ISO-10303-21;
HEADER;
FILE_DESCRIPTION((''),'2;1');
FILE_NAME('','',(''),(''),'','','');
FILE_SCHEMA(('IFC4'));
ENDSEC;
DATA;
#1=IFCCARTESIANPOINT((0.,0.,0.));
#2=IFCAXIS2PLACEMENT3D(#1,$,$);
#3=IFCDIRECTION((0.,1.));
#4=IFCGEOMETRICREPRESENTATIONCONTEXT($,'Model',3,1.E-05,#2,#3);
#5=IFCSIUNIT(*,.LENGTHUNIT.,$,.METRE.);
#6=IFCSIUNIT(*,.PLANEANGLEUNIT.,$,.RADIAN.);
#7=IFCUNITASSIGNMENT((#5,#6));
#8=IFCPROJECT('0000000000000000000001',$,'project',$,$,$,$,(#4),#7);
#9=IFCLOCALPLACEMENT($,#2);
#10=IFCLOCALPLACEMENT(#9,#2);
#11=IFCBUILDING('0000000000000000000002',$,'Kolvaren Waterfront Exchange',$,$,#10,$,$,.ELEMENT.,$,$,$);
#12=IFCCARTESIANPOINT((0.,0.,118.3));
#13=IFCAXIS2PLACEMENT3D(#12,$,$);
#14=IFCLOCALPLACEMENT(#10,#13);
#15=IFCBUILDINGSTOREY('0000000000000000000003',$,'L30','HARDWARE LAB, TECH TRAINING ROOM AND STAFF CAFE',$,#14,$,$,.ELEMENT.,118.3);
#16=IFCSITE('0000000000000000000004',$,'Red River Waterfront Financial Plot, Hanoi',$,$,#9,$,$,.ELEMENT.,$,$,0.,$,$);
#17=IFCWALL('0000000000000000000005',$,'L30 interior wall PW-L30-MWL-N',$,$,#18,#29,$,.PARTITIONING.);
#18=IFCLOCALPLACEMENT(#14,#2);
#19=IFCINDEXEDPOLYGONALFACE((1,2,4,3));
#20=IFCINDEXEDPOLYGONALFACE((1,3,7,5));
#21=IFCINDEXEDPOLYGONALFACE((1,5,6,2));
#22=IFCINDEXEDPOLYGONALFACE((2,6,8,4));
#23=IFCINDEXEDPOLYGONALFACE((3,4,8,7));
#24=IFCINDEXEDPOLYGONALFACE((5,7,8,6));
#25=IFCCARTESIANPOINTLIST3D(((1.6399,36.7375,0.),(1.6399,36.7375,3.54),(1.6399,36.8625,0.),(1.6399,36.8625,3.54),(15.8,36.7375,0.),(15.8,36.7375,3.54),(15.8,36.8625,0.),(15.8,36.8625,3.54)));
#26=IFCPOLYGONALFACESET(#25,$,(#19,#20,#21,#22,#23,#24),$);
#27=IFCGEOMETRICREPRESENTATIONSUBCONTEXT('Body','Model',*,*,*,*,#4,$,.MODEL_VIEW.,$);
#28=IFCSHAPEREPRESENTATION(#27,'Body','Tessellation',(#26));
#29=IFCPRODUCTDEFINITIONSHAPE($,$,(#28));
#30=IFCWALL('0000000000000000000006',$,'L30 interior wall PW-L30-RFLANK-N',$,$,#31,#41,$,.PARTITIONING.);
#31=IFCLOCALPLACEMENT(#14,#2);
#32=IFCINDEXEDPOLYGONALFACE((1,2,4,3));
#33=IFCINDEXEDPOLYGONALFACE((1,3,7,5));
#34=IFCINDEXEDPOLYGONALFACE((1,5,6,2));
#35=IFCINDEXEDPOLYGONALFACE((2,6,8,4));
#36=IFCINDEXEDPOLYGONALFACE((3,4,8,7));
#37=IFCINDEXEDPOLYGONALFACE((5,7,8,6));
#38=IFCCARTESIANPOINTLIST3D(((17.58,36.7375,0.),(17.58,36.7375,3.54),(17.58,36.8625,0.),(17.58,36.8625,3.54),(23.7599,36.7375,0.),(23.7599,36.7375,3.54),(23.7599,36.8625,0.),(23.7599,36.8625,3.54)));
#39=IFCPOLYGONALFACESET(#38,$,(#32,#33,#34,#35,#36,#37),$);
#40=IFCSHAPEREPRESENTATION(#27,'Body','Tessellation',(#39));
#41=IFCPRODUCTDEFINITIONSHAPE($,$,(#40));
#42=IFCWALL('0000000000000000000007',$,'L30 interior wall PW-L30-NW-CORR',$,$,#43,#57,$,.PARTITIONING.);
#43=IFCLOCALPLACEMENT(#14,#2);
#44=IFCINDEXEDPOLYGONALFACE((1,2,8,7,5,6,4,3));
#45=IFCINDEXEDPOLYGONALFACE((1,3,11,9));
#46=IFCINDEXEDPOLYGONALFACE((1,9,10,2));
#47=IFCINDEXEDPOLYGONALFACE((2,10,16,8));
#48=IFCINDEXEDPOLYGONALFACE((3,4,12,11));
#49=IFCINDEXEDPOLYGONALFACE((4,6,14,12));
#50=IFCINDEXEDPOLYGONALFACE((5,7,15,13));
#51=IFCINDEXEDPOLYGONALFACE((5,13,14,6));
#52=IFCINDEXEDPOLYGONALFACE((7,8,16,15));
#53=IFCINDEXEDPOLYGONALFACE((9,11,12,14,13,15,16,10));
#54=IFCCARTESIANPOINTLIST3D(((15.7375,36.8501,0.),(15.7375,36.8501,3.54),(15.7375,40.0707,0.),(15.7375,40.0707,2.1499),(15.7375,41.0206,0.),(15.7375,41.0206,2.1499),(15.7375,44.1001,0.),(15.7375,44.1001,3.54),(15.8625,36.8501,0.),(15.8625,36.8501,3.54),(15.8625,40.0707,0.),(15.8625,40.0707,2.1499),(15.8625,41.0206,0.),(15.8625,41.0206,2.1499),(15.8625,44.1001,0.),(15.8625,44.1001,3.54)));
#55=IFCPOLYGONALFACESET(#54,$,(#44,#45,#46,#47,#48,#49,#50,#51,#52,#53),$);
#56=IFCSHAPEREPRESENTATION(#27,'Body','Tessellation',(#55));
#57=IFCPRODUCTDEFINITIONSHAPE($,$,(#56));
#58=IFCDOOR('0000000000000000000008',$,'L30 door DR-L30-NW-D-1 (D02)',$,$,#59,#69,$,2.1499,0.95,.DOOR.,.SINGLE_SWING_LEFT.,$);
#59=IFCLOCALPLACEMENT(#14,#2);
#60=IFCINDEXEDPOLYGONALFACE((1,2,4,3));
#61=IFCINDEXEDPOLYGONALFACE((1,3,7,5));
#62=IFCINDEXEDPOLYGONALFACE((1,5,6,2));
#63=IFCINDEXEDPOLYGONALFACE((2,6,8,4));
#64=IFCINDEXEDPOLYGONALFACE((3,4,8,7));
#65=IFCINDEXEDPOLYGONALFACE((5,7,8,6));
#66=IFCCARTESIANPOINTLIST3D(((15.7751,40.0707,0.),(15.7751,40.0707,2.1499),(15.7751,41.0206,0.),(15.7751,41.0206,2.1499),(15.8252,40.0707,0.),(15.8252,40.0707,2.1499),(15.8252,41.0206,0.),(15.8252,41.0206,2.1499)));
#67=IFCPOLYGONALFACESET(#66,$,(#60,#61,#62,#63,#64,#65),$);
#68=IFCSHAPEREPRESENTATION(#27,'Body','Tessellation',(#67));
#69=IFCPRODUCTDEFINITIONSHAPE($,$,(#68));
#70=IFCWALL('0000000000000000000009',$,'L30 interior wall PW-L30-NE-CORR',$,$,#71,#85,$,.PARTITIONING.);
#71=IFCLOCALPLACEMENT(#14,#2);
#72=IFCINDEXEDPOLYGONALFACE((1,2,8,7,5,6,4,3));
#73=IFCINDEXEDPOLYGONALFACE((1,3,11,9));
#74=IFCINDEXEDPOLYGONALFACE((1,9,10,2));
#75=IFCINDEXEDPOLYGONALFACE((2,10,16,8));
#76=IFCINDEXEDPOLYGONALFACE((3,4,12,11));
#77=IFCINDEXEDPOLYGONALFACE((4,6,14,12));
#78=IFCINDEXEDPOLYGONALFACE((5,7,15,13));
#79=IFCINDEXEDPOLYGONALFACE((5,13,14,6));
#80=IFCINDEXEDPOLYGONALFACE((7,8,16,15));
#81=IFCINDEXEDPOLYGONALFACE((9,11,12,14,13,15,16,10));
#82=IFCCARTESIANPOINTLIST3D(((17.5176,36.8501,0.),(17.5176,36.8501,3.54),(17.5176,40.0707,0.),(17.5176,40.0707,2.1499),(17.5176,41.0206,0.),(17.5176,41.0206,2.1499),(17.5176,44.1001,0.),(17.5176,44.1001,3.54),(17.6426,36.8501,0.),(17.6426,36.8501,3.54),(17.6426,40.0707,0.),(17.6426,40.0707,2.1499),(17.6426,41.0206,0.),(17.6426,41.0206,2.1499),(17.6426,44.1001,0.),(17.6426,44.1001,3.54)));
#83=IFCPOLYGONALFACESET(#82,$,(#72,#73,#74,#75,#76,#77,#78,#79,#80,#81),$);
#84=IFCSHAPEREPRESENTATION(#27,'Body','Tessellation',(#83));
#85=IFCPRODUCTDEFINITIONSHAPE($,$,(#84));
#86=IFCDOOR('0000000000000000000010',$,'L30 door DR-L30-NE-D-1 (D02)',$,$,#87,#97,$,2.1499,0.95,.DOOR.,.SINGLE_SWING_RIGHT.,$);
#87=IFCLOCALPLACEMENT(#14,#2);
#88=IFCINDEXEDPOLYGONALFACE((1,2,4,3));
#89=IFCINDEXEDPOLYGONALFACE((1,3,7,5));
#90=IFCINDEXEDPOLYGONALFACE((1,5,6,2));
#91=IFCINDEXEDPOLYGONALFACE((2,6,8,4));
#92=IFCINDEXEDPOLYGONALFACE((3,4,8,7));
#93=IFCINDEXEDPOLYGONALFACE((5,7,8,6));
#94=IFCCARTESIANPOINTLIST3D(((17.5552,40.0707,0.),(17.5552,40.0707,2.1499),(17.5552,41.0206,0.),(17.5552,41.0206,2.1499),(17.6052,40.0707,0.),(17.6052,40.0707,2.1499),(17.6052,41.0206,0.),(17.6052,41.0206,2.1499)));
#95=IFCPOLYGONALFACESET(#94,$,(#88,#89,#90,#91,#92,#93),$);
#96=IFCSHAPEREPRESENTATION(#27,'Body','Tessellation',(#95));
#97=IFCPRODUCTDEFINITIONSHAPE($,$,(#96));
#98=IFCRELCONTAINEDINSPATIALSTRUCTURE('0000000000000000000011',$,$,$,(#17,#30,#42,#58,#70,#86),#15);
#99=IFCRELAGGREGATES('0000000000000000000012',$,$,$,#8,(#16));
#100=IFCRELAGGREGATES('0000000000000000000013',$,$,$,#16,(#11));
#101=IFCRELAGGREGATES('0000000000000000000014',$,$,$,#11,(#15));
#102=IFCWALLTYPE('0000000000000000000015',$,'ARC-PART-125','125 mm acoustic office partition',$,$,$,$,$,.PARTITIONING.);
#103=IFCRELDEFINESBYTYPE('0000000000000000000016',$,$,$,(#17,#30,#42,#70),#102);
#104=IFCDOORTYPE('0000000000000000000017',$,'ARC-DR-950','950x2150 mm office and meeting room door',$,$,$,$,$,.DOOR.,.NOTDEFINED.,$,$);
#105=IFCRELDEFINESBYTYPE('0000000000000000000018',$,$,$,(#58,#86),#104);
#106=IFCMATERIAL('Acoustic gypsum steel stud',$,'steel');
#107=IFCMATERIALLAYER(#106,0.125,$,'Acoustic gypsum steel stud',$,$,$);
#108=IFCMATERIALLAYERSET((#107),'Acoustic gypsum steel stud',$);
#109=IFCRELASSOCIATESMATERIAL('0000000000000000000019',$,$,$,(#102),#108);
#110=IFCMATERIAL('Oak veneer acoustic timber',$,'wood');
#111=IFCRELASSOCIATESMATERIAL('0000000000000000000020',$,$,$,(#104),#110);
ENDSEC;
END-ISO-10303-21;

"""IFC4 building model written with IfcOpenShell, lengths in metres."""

from ifc_helpers import new_model, si_unit, direction, frame, frame_2d, origin, place, context, subcontext, project, spatial, rectangle, extrude, material, layer, layer_set, type_object, element, fill, save


model = new_model("IFC4")

# Units and contexts
model_context = context("Model", 3, precision=1e-05, world=origin(), true_north=direction((0.0, 1.0)))
body_context = subcontext(model_context, "Body", "Model", "MODEL_VIEW")
ifc_project = project(units=[si_unit("LENGTHUNIT", "METRE"), si_unit("PLANEANGLEUNIT", "RADIAN")], contexts=[model_context])

# Site, building, storey
site_placement = place(None, origin())
site = spatial("IfcSite", under=ifc_project, at=site_placement, Name="Red River Waterfront Financial Plot, Hanoi", CompositionType="ELEMENT", RefElevation=0.0)
building_placement = place(site_placement, origin())
building = spatial("IfcBuilding", under=site, at=building_placement, Name="Kolvaren Waterfront Exchange", CompositionType="ELEMENT")
storey_placement = place(building_placement, frame((0.0, 0.0, 118.3)))
storey = spatial("IfcBuildingStorey", under=building, at=storey_placement, Name="L30", Description="HARDWARE LAB, TECH TRAINING ROOM AND STAFF CAFE", CompositionType="ELEMENT", Elevation=118.3)

# Walls
ifc_material_1 = material(Name="Acoustic gypsum steel stud", Category="steel")
ifc_layer_1 = layer(ifc_material_1, 0.125, Name="Acoustic gypsum steel stud")
ifc_layer_set_1 = layer_set([ifc_layer_1], Name="Acoustic gypsum steel stud")
wall_type = type_object("IfcWallType", Name="ARC-PART-125", Description="125 mm acoustic office partition", PredefinedType="PARTITIONING", material=ifc_layer_set_1)
wall_1_placement = place(storey_placement, frame((1.6399, 36.8, 0.0), z_axis=(0.0, 0.0, 1.0), x_axis=(1.0, 0.0, 0.0)))
element("IfcWall", 1, at=wall_1_placement, inside=storey, type_object=wall_type, Name="L30 interior wall PW-L30-MWL-N", PredefinedType="PARTITIONING", context=body_context, shape_type="SweptSolid", body=[
    extrude(rectangle(XDim=14.1602, YDim=0.125, at=frame_2d((7.0801, 0.0))), origin(), (0.0, 0.0, 1.0), 3.54),
])
wall_2_placement = place(storey_placement, frame((17.5801, 36.8, 0.0), z_axis=(0.0, 0.0, 1.0), x_axis=(1.0, 0.0, 0.0)))
element("IfcWall", 2, at=wall_2_placement, inside=storey, type_object=wall_type, Name="L30 interior wall PW-L30-RFLANK-N", PredefinedType="PARTITIONING", context=body_context, shape_type="SweptSolid", body=[
    extrude(rectangle(XDim=6.1799, YDim=0.125, at=frame_2d((3.0898, 0.0))), origin(), (0.0, 0.0, 1.0), 3.54),
])

# Walls, openings, doors
wall_3_placement = place(storey_placement, frame((15.8, 36.8501, 0.0), z_axis=(0.0, 0.0, 1.0), x_axis=(0.0, 1.0, 0.0)))
wall_3 = element("IfcWall", 3, at=wall_3_placement, inside=storey, type_object=wall_type, Name="L30 interior wall PW-L30-NW-CORR", PredefinedType="PARTITIONING", context=body_context, shape_type="SweptSolid", body=[
    extrude(rectangle(XDim=7.25, YDim=0.125, at=frame_2d((3.625, 0.0))), origin(), (0.0, 0.0, 1.0), 3.54),
])
opening_1_placement = place(wall_3_placement, frame((3.2205, 0.0, 0.0)))
opening_1 = element("IfcOpeningElement", 4, at=opening_1_placement, cuts=wall_3, PredefinedType="OPENING", context=body_context, shape_type="SweptSolid", body=[
    extrude(rectangle(XDim=0.95, YDim=2.1499, at=frame_2d((0.4751, 1.075))), frame((0.0, 0.0725, 0.0), z_axis=(0.0, -1.0, 0.0), x_axis=(1.0, 0.0, 0.0)), (0.0, 0.0, 1.0), 0.145),
])
ifc_material_2 = material(Name="Oak veneer acoustic timber", Category="wood")
door_type = type_object("IfcDoorType", Name="ARC-DR-950", Description="950x2150 mm office and meeting room door", OperationType="NOTDEFINED", PredefinedType="DOOR", material=ifc_material_2)
door_1_placement = place(opening_1_placement, origin())
door_1 = element("IfcDoor", 5, at=door_1_placement, inside=storey, type_object=door_type, Name="L30 door DR-L30-NW-D-1 (D02)", OperationType="SINGLE_SWING_LEFT", OverallHeight=2.1499, OverallWidth=0.95, PredefinedType="DOOR", context=body_context, shape_type="SweptSolid", body=[
    extrude(rectangle(XDim=0.95, YDim=2.1499, at=frame_2d((0.4751, 1.075))), frame((0.0, 0.0249, 0.0), z_axis=(0.0, -1.0, 0.0), x_axis=(1.0, 0.0, 0.0)), (0.0, 0.0, 1.0), 0.05),
])
fill(opening_1, door_1)
wall_4_placement = place(storey_placement, frame((17.5801, 36.8501, 0.0), z_axis=(0.0, 0.0, 1.0), x_axis=(0.0, 1.0, 0.0)))
wall_4 = element("IfcWall", 6, at=wall_4_placement, inside=storey, type_object=wall_type, Name="L30 interior wall PW-L30-NE-CORR", PredefinedType="PARTITIONING", context=body_context, shape_type="SweptSolid", body=[
    extrude(rectangle(XDim=7.25, YDim=0.125, at=frame_2d((3.625, 0.0))), origin(), (0.0, 0.0, 1.0), 3.54),
])
opening_2_placement = place(wall_4_placement, frame((3.2205, 0.0, 0.0)))
opening_2 = element("IfcOpeningElement", 7, at=opening_2_placement, cuts=wall_4, PredefinedType="OPENING", context=body_context, shape_type="SweptSolid", body=[
    extrude(rectangle(XDim=0.95, YDim=2.1499, at=frame_2d((0.4751, 1.075))), frame((0.0, 0.0725, 0.0), z_axis=(0.0, -1.0, 0.0), x_axis=(1.0, 0.0, 0.0)), (0.0, 0.0, 1.0), 0.145),
])
door_2_placement = place(opening_2_placement, origin())
door_2 = element("IfcDoor", 8, at=door_2_placement, inside=storey, type_object=door_type, Name="L30 door DR-L30-NE-D-1 (D02)", OperationType="SINGLE_SWING_RIGHT", OverallHeight=2.1499, OverallWidth=0.95, PredefinedType="DOOR", context=body_context, shape_type="SweptSolid", body=[
    extrude(rectangle(XDim=0.95, YDim=2.1499, at=frame_2d((0.4751, 1.075))), frame((0.0, 0.0249, 0.0), z_axis=(0.0, -1.0, 0.0), x_axis=(1.0, 0.0, 0.0)), (0.0, 0.0, 1.0), 0.05),
])
fill(opening_2, door_2)

save(model, "model.ifc")
